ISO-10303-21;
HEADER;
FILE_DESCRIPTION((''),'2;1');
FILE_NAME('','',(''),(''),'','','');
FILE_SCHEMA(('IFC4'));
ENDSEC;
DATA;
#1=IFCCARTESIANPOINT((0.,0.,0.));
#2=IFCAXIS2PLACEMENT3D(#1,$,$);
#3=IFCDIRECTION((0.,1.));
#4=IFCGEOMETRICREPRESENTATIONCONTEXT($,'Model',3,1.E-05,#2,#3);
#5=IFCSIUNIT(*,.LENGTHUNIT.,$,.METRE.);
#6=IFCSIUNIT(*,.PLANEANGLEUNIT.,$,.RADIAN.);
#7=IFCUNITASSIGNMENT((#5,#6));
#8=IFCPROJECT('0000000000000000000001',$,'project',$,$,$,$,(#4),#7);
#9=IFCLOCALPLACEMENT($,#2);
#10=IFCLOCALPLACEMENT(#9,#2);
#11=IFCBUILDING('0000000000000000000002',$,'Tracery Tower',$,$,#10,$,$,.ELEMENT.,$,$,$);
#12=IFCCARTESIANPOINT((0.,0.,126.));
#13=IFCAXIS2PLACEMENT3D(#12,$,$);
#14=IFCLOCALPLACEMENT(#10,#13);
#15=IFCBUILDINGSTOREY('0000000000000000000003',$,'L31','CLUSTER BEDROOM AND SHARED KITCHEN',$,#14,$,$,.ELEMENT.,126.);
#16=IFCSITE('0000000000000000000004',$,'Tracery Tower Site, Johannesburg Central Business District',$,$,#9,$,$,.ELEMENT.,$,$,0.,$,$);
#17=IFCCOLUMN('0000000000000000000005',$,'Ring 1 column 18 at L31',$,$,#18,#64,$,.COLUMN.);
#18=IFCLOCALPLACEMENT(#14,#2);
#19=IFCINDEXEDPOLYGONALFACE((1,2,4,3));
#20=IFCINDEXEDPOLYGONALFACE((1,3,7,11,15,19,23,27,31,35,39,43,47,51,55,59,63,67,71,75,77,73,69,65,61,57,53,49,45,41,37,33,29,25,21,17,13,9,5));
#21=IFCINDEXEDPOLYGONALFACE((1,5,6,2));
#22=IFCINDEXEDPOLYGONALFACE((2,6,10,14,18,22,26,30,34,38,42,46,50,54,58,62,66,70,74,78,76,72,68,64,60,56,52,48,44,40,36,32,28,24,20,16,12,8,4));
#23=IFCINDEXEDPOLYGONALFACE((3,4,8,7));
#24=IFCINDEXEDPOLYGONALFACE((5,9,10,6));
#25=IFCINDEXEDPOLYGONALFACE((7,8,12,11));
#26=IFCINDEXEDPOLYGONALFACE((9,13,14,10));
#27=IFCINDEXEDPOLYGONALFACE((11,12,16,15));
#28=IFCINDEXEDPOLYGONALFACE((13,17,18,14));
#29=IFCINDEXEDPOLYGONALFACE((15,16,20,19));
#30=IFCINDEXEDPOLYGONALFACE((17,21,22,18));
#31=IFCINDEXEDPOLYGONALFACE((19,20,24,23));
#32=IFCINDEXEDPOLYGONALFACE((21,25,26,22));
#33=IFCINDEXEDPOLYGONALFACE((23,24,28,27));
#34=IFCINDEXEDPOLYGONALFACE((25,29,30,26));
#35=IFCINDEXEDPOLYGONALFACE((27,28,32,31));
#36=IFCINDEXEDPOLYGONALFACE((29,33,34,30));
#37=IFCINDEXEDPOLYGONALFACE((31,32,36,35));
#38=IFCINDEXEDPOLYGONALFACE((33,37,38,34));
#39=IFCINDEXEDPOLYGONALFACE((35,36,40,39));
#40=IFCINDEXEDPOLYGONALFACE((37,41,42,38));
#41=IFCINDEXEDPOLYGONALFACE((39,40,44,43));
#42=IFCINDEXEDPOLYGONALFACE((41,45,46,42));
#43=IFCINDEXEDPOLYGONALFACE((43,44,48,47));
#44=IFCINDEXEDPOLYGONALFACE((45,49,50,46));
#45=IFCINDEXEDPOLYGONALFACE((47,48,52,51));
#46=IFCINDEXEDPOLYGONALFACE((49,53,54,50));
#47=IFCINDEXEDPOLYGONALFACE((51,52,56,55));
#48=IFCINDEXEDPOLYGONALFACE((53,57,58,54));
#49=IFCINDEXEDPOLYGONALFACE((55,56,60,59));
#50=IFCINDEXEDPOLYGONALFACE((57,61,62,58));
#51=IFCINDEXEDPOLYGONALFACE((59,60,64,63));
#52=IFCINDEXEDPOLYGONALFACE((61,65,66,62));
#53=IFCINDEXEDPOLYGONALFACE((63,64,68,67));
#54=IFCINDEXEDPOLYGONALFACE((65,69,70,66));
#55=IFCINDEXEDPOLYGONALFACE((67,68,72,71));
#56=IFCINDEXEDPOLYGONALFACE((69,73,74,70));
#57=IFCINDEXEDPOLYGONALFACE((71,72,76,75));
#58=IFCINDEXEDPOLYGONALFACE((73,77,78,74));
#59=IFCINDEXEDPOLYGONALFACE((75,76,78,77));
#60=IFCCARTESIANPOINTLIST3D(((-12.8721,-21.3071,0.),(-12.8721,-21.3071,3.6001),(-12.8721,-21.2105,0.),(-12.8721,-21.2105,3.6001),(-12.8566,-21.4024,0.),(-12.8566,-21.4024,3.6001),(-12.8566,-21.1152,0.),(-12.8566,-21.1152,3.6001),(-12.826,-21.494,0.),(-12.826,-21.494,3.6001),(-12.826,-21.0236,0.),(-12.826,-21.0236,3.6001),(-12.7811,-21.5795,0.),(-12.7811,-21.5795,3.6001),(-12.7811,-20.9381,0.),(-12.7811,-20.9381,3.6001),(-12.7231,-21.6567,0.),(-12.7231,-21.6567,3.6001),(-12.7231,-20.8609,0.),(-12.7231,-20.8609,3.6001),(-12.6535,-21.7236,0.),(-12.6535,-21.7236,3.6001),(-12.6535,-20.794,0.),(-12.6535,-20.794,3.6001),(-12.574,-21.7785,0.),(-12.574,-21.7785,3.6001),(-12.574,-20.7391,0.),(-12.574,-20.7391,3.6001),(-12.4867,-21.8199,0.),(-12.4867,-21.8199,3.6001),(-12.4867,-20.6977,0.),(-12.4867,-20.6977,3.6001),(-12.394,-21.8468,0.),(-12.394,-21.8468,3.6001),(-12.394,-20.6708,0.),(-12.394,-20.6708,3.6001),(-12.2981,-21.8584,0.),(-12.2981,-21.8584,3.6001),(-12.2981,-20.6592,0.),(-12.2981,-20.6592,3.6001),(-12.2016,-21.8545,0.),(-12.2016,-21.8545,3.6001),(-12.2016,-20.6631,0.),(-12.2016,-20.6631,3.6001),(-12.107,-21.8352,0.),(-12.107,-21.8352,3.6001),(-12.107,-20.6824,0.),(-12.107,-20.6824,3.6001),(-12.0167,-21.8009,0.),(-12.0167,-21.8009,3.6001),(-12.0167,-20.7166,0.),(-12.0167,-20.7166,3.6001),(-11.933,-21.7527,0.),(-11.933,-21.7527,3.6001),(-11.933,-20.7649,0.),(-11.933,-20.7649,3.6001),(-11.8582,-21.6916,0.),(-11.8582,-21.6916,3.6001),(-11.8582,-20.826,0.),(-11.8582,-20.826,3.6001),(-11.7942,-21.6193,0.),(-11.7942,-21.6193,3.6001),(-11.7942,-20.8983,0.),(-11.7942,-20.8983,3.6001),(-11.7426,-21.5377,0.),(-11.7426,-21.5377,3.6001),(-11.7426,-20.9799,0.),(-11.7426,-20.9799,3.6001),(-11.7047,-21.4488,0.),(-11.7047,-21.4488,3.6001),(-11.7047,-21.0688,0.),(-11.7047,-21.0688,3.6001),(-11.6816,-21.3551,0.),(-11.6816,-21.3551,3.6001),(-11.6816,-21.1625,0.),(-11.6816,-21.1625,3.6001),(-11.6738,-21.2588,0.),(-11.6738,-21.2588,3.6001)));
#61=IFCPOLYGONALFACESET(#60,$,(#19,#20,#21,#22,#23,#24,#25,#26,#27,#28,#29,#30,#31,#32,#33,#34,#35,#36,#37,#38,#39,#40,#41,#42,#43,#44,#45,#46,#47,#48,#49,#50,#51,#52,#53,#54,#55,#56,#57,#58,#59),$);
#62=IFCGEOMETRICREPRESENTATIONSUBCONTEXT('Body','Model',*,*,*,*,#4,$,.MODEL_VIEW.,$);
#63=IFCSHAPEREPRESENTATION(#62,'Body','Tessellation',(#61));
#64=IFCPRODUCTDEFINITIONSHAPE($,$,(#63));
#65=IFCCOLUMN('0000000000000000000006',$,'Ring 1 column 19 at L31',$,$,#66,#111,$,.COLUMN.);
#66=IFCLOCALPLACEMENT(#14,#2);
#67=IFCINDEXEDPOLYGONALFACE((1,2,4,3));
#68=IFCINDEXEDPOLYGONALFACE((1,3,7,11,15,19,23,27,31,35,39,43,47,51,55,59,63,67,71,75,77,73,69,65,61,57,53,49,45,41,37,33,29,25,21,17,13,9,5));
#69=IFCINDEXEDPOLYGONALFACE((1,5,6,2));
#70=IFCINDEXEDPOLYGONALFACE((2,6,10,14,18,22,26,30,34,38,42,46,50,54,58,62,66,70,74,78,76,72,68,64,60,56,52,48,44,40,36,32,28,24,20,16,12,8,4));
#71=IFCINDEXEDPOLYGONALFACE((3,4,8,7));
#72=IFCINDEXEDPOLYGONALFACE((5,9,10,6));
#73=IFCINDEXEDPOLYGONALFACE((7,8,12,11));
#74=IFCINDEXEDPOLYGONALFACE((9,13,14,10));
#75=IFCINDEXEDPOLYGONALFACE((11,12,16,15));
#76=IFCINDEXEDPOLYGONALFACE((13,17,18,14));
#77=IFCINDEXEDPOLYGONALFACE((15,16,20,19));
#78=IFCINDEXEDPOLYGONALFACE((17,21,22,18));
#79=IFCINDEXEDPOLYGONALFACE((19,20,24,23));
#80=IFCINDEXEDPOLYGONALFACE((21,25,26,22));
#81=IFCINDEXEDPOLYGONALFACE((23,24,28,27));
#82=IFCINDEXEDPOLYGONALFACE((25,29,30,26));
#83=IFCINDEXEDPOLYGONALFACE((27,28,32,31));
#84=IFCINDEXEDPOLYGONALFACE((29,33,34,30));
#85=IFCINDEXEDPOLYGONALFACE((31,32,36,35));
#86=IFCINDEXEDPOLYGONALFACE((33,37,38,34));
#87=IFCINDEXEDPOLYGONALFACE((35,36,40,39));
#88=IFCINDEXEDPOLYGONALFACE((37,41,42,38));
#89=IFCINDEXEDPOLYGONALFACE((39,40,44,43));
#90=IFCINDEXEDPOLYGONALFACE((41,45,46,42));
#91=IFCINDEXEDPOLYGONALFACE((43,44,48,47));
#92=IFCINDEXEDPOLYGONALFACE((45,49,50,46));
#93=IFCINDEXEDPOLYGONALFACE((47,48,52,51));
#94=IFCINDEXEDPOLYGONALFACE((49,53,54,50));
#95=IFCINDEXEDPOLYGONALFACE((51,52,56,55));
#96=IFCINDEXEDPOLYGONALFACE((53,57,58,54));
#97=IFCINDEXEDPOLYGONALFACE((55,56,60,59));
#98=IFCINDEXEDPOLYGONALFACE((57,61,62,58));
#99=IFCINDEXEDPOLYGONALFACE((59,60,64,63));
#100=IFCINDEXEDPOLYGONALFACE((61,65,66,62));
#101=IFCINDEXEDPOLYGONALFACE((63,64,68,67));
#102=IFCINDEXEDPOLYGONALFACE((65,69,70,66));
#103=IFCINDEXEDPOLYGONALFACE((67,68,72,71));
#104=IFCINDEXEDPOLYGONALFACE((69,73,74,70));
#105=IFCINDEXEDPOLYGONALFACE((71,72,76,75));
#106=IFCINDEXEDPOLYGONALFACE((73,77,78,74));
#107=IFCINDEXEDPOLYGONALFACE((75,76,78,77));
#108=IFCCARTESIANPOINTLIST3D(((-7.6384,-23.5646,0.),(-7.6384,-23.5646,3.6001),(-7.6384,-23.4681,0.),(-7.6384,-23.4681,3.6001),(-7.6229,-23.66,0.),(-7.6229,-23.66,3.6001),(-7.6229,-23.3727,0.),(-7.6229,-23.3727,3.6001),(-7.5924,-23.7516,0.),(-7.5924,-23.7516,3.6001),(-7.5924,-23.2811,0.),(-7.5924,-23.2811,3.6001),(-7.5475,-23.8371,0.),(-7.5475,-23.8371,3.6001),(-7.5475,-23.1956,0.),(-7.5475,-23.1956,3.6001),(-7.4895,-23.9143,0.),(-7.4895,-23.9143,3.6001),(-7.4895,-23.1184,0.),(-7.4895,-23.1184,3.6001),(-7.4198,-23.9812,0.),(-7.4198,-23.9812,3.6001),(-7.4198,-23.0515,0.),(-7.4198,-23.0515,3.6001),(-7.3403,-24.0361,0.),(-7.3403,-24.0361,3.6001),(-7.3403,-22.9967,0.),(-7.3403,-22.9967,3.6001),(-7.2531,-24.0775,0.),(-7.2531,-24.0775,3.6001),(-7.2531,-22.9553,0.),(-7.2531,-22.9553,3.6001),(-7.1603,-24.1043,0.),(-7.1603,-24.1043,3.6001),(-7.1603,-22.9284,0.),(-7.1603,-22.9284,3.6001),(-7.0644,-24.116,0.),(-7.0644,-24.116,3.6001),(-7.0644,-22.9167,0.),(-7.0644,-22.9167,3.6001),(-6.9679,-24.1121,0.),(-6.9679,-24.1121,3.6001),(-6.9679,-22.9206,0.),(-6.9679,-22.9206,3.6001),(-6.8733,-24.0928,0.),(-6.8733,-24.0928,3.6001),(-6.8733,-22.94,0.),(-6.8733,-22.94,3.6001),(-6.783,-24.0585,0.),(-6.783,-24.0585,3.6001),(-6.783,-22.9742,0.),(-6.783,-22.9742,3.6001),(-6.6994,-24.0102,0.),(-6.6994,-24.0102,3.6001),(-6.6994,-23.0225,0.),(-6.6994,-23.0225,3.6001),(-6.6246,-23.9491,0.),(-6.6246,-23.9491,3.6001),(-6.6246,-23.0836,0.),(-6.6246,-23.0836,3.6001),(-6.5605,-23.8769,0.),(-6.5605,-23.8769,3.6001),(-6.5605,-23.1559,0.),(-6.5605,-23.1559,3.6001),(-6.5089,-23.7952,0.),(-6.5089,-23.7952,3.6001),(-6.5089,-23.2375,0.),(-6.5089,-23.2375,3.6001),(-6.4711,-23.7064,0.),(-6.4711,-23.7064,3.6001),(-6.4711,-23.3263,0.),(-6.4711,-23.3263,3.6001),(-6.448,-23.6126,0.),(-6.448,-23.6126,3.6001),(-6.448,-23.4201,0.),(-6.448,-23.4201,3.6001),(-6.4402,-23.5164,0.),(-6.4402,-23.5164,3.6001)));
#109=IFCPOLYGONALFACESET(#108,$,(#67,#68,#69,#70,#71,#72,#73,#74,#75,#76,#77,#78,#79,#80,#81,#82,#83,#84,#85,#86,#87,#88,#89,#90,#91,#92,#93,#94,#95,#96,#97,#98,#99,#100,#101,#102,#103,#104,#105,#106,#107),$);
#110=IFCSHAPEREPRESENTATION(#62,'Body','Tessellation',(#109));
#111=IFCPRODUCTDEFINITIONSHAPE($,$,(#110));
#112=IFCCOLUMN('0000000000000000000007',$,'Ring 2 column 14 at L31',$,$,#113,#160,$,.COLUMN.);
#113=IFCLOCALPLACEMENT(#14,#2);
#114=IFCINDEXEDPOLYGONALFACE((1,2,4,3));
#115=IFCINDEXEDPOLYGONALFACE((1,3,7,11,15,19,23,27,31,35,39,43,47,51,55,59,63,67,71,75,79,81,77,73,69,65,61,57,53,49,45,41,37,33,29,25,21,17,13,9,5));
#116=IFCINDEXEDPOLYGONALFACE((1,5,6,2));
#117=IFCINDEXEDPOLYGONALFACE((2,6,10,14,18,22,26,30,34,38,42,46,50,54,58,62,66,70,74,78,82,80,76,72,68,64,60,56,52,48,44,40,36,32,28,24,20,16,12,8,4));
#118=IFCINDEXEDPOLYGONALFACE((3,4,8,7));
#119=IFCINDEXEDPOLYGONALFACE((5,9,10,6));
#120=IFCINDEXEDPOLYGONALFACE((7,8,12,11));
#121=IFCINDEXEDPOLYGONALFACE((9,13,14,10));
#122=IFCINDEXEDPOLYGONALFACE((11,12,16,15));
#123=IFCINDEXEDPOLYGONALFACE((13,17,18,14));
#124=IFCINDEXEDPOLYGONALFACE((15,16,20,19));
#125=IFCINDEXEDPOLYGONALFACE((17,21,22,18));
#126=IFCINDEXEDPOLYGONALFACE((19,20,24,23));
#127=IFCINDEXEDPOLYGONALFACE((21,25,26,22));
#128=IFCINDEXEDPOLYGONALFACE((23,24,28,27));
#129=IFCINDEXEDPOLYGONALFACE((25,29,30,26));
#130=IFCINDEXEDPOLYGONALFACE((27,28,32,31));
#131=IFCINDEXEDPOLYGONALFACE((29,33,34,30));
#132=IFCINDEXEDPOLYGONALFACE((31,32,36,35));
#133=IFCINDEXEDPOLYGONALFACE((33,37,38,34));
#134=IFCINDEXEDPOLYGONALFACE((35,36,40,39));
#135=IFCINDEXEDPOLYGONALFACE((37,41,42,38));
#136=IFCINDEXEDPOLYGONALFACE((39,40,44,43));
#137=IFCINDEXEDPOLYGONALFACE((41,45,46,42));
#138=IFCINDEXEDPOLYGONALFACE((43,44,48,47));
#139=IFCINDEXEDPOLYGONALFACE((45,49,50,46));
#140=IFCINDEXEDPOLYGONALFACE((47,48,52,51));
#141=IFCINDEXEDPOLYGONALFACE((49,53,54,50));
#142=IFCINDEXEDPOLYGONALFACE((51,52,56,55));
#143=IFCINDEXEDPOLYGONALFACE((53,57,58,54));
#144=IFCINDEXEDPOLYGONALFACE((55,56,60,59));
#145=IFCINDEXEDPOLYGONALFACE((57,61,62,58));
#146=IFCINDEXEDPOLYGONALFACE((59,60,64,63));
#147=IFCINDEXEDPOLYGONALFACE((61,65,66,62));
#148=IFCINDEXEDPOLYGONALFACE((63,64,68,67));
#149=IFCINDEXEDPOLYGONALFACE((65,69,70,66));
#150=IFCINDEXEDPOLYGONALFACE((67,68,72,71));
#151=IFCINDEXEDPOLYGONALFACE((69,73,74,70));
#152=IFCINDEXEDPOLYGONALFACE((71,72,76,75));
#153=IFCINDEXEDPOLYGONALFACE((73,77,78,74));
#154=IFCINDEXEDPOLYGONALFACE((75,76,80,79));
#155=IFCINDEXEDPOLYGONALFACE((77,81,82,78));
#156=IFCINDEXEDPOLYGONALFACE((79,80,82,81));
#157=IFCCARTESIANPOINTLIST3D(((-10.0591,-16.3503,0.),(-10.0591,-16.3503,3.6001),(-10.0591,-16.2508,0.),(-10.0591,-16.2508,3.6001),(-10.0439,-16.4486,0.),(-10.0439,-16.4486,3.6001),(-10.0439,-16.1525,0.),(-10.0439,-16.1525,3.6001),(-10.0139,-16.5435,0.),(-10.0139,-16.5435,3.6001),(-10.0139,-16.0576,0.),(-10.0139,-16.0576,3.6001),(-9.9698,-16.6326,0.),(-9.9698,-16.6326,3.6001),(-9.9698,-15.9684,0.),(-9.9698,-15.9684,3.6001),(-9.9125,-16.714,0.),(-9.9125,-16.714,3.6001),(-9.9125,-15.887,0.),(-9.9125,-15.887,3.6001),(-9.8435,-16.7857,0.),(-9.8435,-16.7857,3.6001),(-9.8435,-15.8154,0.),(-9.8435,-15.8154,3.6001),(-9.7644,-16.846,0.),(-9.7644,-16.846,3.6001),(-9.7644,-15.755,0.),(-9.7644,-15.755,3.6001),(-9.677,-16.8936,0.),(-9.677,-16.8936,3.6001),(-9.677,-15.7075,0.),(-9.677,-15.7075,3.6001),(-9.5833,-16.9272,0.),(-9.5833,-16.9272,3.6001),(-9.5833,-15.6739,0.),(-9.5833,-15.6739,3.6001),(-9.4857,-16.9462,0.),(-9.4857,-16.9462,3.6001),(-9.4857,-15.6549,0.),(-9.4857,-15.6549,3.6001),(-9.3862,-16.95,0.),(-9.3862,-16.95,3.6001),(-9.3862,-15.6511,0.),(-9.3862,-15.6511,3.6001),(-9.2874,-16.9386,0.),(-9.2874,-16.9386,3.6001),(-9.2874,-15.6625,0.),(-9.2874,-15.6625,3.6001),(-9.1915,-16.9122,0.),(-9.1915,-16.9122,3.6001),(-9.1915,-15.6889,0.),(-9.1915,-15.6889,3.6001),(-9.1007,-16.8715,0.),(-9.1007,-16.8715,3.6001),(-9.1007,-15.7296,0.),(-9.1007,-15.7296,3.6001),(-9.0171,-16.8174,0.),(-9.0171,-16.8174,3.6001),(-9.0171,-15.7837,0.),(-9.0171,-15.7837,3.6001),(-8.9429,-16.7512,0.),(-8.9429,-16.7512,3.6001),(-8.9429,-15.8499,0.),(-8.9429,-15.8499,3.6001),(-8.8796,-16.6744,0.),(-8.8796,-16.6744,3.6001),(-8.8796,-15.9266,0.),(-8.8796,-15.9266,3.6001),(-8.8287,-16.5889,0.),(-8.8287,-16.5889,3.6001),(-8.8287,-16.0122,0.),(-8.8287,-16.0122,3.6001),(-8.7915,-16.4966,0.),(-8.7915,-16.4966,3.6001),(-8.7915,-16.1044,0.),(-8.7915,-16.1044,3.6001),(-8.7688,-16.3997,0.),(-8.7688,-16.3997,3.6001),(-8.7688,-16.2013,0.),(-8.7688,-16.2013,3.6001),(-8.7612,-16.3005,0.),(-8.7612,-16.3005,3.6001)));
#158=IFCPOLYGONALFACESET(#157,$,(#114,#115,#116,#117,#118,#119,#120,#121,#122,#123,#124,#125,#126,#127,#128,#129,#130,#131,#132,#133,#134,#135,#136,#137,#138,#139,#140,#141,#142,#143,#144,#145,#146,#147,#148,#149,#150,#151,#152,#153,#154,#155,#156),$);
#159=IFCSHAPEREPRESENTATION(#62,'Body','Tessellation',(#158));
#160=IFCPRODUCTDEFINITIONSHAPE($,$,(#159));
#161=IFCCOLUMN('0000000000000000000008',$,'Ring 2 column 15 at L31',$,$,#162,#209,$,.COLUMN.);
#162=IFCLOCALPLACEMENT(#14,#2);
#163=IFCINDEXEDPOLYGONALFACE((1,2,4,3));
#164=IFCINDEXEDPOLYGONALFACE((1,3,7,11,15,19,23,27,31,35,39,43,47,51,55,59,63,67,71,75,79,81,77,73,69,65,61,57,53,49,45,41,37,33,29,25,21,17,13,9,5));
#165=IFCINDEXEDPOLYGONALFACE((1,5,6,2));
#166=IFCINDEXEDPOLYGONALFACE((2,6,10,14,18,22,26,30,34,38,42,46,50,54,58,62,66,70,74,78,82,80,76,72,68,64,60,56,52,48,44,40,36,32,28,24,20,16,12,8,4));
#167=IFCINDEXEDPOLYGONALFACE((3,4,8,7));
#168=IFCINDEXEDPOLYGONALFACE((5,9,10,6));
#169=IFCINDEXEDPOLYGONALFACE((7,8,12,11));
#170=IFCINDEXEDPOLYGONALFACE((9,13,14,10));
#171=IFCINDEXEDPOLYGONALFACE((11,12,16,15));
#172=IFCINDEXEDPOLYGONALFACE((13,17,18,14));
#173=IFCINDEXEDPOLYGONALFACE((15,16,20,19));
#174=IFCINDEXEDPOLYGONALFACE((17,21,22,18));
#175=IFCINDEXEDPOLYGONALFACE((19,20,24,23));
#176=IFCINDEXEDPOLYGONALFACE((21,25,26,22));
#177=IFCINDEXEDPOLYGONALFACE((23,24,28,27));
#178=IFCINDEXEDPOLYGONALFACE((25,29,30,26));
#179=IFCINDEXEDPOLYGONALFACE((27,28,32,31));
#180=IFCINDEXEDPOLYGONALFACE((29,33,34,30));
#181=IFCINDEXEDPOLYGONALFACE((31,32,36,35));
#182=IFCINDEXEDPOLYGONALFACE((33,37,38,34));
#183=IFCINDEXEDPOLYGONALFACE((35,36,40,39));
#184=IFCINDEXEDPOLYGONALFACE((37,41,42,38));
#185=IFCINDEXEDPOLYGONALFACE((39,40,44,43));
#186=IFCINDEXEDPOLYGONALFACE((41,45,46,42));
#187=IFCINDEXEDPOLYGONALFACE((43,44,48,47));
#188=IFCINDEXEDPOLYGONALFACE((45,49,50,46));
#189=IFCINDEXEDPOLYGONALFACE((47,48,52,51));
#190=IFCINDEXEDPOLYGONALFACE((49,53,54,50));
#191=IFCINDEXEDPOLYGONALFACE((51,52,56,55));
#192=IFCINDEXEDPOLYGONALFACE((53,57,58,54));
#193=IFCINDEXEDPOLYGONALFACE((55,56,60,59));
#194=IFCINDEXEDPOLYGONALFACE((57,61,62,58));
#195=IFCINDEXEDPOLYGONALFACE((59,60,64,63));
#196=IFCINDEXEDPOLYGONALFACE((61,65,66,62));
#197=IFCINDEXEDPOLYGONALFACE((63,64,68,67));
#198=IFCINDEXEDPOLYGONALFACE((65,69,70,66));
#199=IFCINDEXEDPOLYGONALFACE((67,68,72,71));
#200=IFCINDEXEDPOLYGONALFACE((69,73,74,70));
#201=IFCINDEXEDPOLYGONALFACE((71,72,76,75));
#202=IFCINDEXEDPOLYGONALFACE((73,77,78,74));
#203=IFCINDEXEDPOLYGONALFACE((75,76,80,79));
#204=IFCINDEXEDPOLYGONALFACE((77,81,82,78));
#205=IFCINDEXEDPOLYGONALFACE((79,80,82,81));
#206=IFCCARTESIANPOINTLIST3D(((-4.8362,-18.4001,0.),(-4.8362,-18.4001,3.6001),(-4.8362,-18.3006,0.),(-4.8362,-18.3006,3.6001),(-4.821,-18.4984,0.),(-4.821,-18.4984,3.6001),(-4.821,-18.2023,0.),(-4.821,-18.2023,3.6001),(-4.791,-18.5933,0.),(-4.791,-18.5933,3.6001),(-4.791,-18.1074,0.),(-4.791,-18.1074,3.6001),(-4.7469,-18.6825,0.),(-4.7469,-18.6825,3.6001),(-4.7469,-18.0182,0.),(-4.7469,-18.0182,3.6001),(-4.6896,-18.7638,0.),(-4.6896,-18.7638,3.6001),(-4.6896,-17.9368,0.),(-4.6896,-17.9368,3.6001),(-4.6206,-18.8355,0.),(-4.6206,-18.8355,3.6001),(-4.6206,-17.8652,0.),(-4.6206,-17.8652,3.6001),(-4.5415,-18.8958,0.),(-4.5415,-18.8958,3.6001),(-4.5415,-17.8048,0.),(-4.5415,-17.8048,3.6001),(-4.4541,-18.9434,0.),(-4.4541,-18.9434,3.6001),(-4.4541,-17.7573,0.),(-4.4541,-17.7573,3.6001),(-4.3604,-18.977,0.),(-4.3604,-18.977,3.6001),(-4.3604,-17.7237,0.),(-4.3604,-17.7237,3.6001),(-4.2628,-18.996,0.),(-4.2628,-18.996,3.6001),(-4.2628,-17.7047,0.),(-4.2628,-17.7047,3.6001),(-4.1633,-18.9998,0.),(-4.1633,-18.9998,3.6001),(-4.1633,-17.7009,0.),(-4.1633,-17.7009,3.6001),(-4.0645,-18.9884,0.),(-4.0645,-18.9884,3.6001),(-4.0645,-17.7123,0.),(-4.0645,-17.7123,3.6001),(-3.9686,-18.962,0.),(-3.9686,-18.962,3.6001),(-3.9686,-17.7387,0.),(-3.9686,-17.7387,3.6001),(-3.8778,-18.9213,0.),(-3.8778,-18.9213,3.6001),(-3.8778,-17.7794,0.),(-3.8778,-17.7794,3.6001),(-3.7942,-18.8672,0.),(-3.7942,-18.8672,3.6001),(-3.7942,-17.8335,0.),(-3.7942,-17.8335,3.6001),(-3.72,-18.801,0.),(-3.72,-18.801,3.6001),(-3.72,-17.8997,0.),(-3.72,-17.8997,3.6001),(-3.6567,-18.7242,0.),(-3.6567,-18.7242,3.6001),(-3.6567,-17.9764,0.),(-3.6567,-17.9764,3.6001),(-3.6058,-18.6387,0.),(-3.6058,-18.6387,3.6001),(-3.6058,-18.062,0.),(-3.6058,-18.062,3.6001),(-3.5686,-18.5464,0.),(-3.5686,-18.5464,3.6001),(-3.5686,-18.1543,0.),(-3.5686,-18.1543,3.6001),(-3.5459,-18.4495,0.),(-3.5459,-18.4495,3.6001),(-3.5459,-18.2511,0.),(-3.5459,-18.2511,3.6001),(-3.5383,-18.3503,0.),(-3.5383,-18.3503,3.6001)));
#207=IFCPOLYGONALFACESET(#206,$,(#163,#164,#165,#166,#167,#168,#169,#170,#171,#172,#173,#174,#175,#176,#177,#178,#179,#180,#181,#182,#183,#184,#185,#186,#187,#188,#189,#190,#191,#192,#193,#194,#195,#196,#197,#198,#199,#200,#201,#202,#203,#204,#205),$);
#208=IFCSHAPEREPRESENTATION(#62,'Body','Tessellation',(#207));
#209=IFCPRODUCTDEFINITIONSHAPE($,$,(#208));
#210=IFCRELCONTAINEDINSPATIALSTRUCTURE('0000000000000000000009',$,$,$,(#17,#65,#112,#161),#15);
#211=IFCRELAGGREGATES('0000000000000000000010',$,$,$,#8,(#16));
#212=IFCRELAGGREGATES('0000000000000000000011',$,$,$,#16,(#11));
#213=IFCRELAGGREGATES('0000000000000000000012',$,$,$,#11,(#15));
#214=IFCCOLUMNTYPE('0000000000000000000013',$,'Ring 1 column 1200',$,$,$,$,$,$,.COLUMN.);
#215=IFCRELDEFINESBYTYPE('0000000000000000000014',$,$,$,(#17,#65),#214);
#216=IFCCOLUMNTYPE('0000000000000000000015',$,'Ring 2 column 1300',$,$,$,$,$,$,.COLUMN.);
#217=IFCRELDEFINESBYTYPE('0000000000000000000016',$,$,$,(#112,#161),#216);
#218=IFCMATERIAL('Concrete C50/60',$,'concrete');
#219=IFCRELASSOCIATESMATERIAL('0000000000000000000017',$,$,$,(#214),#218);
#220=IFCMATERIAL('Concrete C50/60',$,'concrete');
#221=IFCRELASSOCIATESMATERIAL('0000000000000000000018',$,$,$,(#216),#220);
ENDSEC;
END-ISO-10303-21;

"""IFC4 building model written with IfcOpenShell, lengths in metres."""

from ifc_helpers import new_model, si_unit, direction, frame, origin, origin_2d, place, context, subcontext, project, spatial, circle, extrude, material, material_profile, profile_set, type_object, element, save


model = new_model("IFC4")

# Units and contexts
model_context = context("Model", 3, precision=1e-05, world=origin(), true_north=direction((0.0, 1.0)))
body_context = subcontext(model_context, "Body", "Model", "MODEL_VIEW")
ifc_project = project(units=[si_unit("LENGTHUNIT", "METRE"), si_unit("PLANEANGLEUNIT", "RADIAN")], contexts=[model_context])

# Site, building, storey
site_placement = place(None, origin())
site = spatial("IfcSite", under=ifc_project, at=site_placement, Name="Tracery Tower Site, Johannesburg Central Business District", CompositionType="ELEMENT", RefElevation=0.0)
building_placement = place(site_placement, origin())
building = spatial("IfcBuilding", under=site, at=building_placement, Name="Tracery Tower", CompositionType="ELEMENT")
storey_placement = place(building_placement, frame((0.0, 0.0, 126.0)))
storey = spatial("IfcBuildingStorey", under=building, at=storey_placement, Name="L31", Description="CLUSTER BEDROOM AND SHARED KITCHEN", CompositionType="ELEMENT", Elevation=126.0)

# Columns
ifc_material_1 = material(Name="Concrete C50/60", Category="concrete")
ifc_material_profile_1 = material_profile(ifc_material_1, circle(Radius=0.6001, at=origin_2d()), Name="RC D1200")
ifc_profile_set_1 = profile_set([ifc_material_profile_1], Name="Concrete C50/60")
column_type_1 = type_object("IfcColumnType", Name="Ring 1 column 1200", PredefinedType="COLUMN", material=ifc_profile_set_1)
for number, where, z_axis, x_axis, name in (
    (1, (-12.2739, -21.2588, 0.0), (0.0, 0.0, 1.0), (1.0, 0.0, 0.0), "Ring 1 column 18 at L31"),
    (2, (-7.0403, -23.5164, 0.0), (0.0, 0.0, 1.0), (1.0, 0.0, 0.0), "Ring 1 column 19 at L31"),
):
    element("IfcColumn", number, at=place(storey_placement, frame(where, z_axis=z_axis, x_axis=x_axis)), inside=storey, type_object=column_type_1, Name=name, PredefinedType="COLUMN", context=body_context, shape_type="SweptSolid", body=[
        extrude(circle(Radius=0.6001, at=origin_2d()), origin(), (0.0, 0.0, 1.0), 3.6001),
    ])
ifc_material_2 = material(Name="Concrete C50/60", Category="concrete")
ifc_material_profile_2 = material_profile(ifc_material_2, circle(Radius=0.6499, at=origin_2d()), Name="RC D1300")
ifc_profile_set_2 = profile_set([ifc_material_profile_2], Name="Concrete C50/60")
column_type_2 = type_object("IfcColumnType", Name="Ring 2 column 1300", PredefinedType="COLUMN", material=ifc_profile_set_2)
for number, where, z_axis, x_axis, name in (
    (3, (-9.4111, -16.3005, 0.0), (0.0, 0.0, 1.0), (1.0, 0.0, 0.0), "Ring 2 column 14 at L31"),
    (4, (-4.1882, -18.3503, 0.0), (0.0, 0.0, 1.0), (1.0, 0.0, 0.0), "Ring 2 column 15 at L31"),
):
    element("IfcColumn", number, at=place(storey_placement, frame(where, z_axis=z_axis, x_axis=x_axis)), inside=storey, type_object=column_type_2, Name=name, PredefinedType="COLUMN", context=body_context, shape_type="SweptSolid", body=[
        extrude(circle(Radius=0.6499, at=origin_2d()), origin(), (0.0, 0.0, 1.0), 3.6001),
    ])

save(model, "model.ifc")
